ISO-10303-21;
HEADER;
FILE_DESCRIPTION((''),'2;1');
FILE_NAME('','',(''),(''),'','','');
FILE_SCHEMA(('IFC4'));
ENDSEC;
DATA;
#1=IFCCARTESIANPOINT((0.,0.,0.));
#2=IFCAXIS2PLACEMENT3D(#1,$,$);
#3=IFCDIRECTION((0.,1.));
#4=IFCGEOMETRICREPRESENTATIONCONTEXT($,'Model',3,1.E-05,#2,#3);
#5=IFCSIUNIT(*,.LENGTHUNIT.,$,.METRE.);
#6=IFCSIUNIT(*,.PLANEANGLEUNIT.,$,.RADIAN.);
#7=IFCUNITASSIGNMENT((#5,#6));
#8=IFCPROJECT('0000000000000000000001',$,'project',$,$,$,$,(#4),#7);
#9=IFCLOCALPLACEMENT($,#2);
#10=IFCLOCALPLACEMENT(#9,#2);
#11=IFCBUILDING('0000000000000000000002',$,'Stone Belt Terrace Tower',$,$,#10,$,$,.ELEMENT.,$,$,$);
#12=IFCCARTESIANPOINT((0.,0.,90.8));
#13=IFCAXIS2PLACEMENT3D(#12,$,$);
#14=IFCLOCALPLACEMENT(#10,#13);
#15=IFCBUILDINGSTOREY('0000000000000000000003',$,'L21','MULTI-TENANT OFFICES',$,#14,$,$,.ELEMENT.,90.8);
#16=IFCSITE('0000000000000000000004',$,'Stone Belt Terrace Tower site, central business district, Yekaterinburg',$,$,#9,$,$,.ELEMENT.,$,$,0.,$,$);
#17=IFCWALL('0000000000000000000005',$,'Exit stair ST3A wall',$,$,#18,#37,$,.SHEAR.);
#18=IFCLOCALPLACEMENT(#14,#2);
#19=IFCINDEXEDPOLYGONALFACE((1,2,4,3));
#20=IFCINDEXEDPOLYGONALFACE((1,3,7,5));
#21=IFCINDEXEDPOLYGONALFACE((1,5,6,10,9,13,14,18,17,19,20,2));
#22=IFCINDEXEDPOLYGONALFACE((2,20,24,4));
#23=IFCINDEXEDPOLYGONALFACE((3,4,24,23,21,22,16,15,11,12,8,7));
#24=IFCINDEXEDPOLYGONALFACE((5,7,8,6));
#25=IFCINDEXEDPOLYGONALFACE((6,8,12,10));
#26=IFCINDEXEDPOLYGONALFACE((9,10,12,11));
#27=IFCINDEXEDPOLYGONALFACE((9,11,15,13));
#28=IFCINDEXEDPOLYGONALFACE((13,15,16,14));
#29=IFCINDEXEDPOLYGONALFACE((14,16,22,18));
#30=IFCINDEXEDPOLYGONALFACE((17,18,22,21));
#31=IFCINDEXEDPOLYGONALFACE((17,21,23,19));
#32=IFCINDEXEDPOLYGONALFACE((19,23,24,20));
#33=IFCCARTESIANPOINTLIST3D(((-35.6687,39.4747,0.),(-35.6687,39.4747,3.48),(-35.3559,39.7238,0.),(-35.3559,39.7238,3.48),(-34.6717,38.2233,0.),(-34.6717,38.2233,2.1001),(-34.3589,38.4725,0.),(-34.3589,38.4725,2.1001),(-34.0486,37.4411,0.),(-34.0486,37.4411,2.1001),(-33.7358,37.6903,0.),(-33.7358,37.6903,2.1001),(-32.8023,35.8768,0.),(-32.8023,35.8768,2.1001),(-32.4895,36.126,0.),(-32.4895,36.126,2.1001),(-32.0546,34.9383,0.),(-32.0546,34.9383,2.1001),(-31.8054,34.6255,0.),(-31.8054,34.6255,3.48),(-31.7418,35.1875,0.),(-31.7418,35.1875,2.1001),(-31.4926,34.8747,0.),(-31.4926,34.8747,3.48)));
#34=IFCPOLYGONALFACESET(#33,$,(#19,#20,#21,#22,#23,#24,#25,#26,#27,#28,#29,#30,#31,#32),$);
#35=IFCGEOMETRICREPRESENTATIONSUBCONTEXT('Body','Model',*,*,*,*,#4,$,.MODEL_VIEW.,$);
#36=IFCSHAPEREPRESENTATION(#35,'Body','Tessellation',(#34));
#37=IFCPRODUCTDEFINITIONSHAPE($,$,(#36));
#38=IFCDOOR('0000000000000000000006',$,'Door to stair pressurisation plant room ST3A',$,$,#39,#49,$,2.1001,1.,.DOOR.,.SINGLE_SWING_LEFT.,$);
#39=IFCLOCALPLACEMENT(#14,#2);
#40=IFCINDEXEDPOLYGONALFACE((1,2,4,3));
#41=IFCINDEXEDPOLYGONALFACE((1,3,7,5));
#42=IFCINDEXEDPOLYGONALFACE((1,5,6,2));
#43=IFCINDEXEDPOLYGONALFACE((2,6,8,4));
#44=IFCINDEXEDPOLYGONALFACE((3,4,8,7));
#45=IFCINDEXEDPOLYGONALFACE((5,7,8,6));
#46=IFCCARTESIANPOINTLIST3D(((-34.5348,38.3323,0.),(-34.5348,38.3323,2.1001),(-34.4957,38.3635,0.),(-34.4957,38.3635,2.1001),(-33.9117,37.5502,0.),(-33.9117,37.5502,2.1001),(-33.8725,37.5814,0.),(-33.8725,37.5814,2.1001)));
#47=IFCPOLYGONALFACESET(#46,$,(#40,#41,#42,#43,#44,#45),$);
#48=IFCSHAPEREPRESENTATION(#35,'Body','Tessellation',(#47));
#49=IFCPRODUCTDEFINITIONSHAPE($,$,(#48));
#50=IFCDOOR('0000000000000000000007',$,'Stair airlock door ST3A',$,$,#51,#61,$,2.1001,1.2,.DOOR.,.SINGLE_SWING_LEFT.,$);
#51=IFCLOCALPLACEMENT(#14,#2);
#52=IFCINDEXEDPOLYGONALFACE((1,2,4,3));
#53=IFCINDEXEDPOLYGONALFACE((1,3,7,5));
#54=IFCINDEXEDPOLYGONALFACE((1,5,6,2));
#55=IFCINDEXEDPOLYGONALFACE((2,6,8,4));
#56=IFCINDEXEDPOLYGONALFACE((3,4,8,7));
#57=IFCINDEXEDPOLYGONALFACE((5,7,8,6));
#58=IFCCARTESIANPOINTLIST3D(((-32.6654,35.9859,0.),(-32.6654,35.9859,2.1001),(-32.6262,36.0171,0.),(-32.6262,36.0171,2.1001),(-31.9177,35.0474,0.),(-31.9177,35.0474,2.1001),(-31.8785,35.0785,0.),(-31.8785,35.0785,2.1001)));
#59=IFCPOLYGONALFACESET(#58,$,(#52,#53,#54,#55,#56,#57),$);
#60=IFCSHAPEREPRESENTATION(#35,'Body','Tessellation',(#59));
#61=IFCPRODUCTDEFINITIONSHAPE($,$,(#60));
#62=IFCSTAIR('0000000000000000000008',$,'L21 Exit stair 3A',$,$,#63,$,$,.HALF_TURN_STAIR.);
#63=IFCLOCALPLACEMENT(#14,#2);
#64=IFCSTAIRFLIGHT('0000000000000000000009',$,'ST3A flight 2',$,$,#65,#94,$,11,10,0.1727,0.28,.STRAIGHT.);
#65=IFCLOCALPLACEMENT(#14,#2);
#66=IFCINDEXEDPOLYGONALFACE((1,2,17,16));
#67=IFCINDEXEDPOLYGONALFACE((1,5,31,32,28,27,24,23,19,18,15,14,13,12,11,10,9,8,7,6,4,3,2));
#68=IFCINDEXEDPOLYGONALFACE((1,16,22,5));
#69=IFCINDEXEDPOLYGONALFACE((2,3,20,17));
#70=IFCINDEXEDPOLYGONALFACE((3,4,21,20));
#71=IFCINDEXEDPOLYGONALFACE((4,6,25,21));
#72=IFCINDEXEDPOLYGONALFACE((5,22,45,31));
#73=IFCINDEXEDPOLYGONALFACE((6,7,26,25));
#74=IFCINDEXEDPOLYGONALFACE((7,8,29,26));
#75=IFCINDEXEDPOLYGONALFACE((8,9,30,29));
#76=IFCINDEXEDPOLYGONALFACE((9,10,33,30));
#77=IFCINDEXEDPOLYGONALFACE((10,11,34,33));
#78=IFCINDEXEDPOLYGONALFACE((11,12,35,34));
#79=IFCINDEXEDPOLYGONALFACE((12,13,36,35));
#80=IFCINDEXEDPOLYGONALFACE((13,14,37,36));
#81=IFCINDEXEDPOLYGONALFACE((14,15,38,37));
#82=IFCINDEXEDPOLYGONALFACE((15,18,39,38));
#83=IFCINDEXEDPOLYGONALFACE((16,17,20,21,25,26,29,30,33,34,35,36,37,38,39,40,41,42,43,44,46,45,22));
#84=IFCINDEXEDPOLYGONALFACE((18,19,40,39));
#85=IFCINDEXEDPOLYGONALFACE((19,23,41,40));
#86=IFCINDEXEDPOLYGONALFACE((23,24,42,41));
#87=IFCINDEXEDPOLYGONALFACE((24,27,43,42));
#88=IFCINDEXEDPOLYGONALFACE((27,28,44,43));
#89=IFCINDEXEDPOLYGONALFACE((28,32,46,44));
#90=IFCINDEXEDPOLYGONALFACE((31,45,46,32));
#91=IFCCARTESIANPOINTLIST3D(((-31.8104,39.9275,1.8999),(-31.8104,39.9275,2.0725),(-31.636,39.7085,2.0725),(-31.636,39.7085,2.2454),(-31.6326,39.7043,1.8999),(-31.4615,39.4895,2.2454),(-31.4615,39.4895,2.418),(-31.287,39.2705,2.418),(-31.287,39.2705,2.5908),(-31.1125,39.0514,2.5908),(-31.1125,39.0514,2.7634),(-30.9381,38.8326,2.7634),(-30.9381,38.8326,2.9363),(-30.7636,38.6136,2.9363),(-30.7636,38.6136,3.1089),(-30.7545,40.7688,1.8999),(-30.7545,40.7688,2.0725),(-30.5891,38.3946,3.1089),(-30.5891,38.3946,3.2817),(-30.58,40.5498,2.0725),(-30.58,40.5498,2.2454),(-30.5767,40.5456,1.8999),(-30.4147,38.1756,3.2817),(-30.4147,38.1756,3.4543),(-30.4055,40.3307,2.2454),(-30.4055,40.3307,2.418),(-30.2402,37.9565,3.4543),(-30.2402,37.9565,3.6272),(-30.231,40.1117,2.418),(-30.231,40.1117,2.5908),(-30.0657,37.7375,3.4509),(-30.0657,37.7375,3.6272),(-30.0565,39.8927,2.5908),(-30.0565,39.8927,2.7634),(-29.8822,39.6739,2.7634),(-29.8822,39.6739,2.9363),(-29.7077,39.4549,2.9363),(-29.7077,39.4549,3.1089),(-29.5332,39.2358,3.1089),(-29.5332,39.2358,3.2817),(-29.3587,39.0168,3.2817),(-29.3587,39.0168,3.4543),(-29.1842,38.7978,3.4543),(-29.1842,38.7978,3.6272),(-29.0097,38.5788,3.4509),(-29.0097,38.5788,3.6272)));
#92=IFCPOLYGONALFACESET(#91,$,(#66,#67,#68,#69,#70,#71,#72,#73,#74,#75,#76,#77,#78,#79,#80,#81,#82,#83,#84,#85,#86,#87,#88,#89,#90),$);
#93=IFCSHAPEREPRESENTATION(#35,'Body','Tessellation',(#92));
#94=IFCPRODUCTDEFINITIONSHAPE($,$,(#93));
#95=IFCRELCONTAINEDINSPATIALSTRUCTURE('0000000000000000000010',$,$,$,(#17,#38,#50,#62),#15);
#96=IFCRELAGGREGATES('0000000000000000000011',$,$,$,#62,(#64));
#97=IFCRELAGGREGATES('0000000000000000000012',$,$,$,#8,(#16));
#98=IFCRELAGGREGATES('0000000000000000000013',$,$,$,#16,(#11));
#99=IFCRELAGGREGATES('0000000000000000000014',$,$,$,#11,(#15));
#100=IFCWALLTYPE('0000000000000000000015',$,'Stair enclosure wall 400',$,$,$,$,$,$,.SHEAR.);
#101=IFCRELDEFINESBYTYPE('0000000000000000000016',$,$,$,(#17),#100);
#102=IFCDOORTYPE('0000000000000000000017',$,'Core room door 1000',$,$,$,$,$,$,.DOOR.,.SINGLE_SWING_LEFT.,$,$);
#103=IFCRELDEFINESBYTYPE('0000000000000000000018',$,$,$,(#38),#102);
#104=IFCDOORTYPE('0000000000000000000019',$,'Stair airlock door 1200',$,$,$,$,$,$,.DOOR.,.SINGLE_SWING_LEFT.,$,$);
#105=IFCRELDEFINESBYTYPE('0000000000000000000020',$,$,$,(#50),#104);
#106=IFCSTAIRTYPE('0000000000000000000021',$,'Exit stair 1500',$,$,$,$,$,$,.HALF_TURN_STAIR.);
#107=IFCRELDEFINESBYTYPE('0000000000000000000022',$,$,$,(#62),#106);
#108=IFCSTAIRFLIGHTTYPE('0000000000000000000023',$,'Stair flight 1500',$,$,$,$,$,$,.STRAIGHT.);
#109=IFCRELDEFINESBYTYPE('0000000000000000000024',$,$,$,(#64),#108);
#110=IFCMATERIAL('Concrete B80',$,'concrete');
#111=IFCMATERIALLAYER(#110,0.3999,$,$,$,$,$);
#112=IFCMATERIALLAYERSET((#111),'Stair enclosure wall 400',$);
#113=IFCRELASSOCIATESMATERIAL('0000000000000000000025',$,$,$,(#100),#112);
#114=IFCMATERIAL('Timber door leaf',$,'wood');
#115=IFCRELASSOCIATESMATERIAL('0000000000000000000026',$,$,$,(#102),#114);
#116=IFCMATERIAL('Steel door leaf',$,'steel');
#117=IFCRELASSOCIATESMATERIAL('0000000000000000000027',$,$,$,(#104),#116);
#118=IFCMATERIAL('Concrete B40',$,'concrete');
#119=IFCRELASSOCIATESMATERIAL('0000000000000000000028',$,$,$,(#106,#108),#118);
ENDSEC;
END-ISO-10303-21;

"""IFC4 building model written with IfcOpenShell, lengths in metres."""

from ifc_helpers import new_model, si_unit, direction, frame, frame_2d, origin, place, context, subcontext, project, spatial, polyline, rectangle, outline, extrude, material, layer, layer_set, type_object, element, fill, aggregate, save


model = new_model("IFC4")

# Units and contexts
model_context = context("Model", 3, precision=1e-05, world=origin(), true_north=direction((0.0, 1.0)))
body_context = subcontext(model_context, "Body", "Model", "MODEL_VIEW")
ifc_project = project(units=[si_unit("LENGTHUNIT", "METRE"), si_unit("PLANEANGLEUNIT", "RADIAN")], contexts=[model_context])

# Site, building, storey
site_placement = place(None, origin())
site = spatial("IfcSite", under=ifc_project, at=site_placement, Name="Stone Belt Terrace Tower site, central business district, Yekaterinburg", CompositionType="ELEMENT", RefElevation=0.0)
building_placement = place(site_placement, origin())
building = spatial("IfcBuilding", under=site, at=building_placement, Name="Stone Belt Terrace Tower", CompositionType="ELEMENT")
storey_placement = place(building_placement, frame((0.0, 0.0, 90.8)))
storey = spatial("IfcBuildingStorey", under=building, at=storey_placement, Name="L21", Description="MULTI-TENANT OFFICES", CompositionType="ELEMENT", Elevation=90.8)

# Shared definitions
ifc_material_1 = material(Name="Concrete B80", Category="concrete")

# Shared definitions
ifc_material_2 = material(Name="Timber door leaf", Category="wood")

# Wall, openings, doors
ifc_layer_1 = layer(ifc_material_1, 0.3999)
ifc_layer_set_1 = layer_set([ifc_layer_1], Name="Stair enclosure wall 400")
wall_type_1 = type_object("IfcWallType", Name="Stair enclosure wall 400", PredefinedType="SHEAR", material=ifc_layer_set_1)
wall_1_placement = place(storey_placement, frame((-31.6489, 34.75, 0.0), z_axis=(0.0, 0.0, 1.0), x_axis=(-0.623119, 0.782127, 0.0)))
wall_1 = element("IfcWall", 1, at=wall_1_placement, inside=storey, type_object=wall_type_1, Name="Exit stair ST3A wall", PredefinedType="SHEAR", context=body_context, shape_type="SweptSolid", body=[
    extrude(rectangle(XDim=6.2, YDim=0.3999, at=frame_2d((3.1001, 0.0))), origin(), (0.0, 0.0, 1.0), 3.48),
])
opening_1_placement = place(wall_1_placement, frame((0.3999, 0.0, 0.0)))
opening_1 = element("IfcOpeningElement", 2, at=opening_1_placement, cuts=wall_1, PredefinedType="OPENING", context=body_context, shape_type="SweptSolid", body=[
    extrude(rectangle(XDim=1.2, YDim=2.1001, at=frame_2d((0.6001, 1.05))), frame((0.0, 0.21, 0.0), z_axis=(0.0, -1.0, 0.0), x_axis=(1.0, 0.0, 0.0)), (0.0, 0.0, 1.0), 0.4199),
])
opening_2_placement = place(wall_1_placement, frame((3.6001, 0.0, 0.0)))
opening_2 = element("IfcOpeningElement", 3, at=opening_2_placement, cuts=wall_1, PredefinedType="OPENING", context=body_context, shape_type="SweptSolid", body=[
    extrude(rectangle(XDim=1.0, YDim=2.1001, at=frame_2d((0.5, 1.05))), frame((0.0, 0.21, 0.0), z_axis=(0.0, -1.0, 0.0), x_axis=(1.0, 0.0, 0.0)), (0.0, 0.0, 1.0), 0.4199),
])
door_type_1 = type_object("IfcDoorType", Name="Core room door 1000", OperationType="SINGLE_SWING_LEFT", PredefinedType="DOOR", material=ifc_material_2)
door_1_placement = place(opening_2_placement, origin())
door_1 = element("IfcDoor", 4, at=door_1_placement, inside=storey, type_object=door_type_1, Name="Door to stair pressurisation plant room ST3A", OperationType="SINGLE_SWING_LEFT", OverallHeight=2.1001, OverallWidth=1.0, PredefinedType="DOOR", context=body_context, shape_type="SweptSolid", body=[
    extrude(rectangle(XDim=1.0, YDim=2.1001, at=frame_2d((0.5, 1.05))), frame((0.0, 0.0249, 0.0), z_axis=(0.0, -1.0, 0.0), x_axis=(1.0, 0.0, 0.0)), (0.0, 0.0, 1.0), 0.05),
])
fill(opening_2, door_1)
ifc_material_3 = material(Name="Steel door leaf", Category="steel")
door_type_2 = type_object("IfcDoorType", Name="Stair airlock door 1200", OperationType="SINGLE_SWING_LEFT", PredefinedType="DOOR", material=ifc_material_3)
door_2_placement = place(opening_1_placement, origin())
door_2 = element("IfcDoor", 5, at=door_2_placement, inside=storey, type_object=door_type_2, Name="Stair airlock door ST3A", OperationType="SINGLE_SWING_LEFT", OverallHeight=2.1001, OverallWidth=1.2, PredefinedType="DOOR", context=body_context, shape_type="SweptSolid", body=[
    extrude(rectangle(XDim=1.2, YDim=2.1001, at=frame_2d((0.6001, 1.05))), frame((0.0, 0.0249, 0.0), z_axis=(0.0, -1.0, 0.0), x_axis=(1.0, 0.0, 0.0)), (0.0, 0.0, 1.0), 0.05),
])
fill(opening_1, door_2)

# Stair, stair flight
ifc_material_4 = material(Name="Concrete B40", Category="concrete")
stair_type = type_object("IfcStairType", Name="Exit stair 1500", PredefinedType="HALF_TURN_STAIR", material=ifc_material_4)
stair_placement = place(storey_placement, origin())
stair = element("IfcStair", 6, at=stair_placement, inside=storey, type_object=stair_type, Name="L21 Exit stair 3A", PredefinedType="HALF_TURN_STAIR")
stair_flight_type = type_object("IfcStairFlightType", Name="Stair flight 1500", PredefinedType="STRAIGHT", material=ifc_material_4)
stair_flight_placement = place(storey_placement, frame((-31.2825, 40.3481, 1.8999), z_axis=(0.0, 0.0, 1.0), x_axis=(0.623121, -0.782125, 0.0)))
stair_flight = element("IfcStairFlight", 7, at=stair_flight_placement, type_object=stair_flight_type, Name="ST3A flight 2", NumberOfRisers=11, NumberOfTreads=10, PredefinedType="STRAIGHT", RiserHeight=0.1727, TreadLength=0.28, context=body_context, shape_type="SweptSolid", body=[
    extrude(outline(polyline([(0.0, 0.0), (0.0, 0.1726), (0.28, 0.1726), (0.28, 0.3455), (0.5601, 0.3455), (0.5601, 0.5181), (0.8401, 0.5181), (0.8401, 0.6909), (1.1201, 0.6909), (1.1201, 0.8635), (1.3999, 0.8635), (1.3999, 1.0364), (1.6799, 1.0364), (1.6799, 1.209), (1.96, 1.209), (1.96, 1.3818), (2.24, 1.3818), (2.24, 1.5544), (2.52, 1.5544), (2.52, 1.7273), (2.8, 1.7273), (2.8, 1.8999), (2.8, 1.551), (0.2854, 0.0), (0.0, 0.0)])), frame((0.0, 0.675, 0.0), z_axis=(0.0, -1.0, 0.0), x_axis=(1.0, 0.0, 0.0)), (0.0, 0.0, 1.0), 1.3501),
])
aggregate(stair, [stair_flight])

save(model, "model.ifc")
